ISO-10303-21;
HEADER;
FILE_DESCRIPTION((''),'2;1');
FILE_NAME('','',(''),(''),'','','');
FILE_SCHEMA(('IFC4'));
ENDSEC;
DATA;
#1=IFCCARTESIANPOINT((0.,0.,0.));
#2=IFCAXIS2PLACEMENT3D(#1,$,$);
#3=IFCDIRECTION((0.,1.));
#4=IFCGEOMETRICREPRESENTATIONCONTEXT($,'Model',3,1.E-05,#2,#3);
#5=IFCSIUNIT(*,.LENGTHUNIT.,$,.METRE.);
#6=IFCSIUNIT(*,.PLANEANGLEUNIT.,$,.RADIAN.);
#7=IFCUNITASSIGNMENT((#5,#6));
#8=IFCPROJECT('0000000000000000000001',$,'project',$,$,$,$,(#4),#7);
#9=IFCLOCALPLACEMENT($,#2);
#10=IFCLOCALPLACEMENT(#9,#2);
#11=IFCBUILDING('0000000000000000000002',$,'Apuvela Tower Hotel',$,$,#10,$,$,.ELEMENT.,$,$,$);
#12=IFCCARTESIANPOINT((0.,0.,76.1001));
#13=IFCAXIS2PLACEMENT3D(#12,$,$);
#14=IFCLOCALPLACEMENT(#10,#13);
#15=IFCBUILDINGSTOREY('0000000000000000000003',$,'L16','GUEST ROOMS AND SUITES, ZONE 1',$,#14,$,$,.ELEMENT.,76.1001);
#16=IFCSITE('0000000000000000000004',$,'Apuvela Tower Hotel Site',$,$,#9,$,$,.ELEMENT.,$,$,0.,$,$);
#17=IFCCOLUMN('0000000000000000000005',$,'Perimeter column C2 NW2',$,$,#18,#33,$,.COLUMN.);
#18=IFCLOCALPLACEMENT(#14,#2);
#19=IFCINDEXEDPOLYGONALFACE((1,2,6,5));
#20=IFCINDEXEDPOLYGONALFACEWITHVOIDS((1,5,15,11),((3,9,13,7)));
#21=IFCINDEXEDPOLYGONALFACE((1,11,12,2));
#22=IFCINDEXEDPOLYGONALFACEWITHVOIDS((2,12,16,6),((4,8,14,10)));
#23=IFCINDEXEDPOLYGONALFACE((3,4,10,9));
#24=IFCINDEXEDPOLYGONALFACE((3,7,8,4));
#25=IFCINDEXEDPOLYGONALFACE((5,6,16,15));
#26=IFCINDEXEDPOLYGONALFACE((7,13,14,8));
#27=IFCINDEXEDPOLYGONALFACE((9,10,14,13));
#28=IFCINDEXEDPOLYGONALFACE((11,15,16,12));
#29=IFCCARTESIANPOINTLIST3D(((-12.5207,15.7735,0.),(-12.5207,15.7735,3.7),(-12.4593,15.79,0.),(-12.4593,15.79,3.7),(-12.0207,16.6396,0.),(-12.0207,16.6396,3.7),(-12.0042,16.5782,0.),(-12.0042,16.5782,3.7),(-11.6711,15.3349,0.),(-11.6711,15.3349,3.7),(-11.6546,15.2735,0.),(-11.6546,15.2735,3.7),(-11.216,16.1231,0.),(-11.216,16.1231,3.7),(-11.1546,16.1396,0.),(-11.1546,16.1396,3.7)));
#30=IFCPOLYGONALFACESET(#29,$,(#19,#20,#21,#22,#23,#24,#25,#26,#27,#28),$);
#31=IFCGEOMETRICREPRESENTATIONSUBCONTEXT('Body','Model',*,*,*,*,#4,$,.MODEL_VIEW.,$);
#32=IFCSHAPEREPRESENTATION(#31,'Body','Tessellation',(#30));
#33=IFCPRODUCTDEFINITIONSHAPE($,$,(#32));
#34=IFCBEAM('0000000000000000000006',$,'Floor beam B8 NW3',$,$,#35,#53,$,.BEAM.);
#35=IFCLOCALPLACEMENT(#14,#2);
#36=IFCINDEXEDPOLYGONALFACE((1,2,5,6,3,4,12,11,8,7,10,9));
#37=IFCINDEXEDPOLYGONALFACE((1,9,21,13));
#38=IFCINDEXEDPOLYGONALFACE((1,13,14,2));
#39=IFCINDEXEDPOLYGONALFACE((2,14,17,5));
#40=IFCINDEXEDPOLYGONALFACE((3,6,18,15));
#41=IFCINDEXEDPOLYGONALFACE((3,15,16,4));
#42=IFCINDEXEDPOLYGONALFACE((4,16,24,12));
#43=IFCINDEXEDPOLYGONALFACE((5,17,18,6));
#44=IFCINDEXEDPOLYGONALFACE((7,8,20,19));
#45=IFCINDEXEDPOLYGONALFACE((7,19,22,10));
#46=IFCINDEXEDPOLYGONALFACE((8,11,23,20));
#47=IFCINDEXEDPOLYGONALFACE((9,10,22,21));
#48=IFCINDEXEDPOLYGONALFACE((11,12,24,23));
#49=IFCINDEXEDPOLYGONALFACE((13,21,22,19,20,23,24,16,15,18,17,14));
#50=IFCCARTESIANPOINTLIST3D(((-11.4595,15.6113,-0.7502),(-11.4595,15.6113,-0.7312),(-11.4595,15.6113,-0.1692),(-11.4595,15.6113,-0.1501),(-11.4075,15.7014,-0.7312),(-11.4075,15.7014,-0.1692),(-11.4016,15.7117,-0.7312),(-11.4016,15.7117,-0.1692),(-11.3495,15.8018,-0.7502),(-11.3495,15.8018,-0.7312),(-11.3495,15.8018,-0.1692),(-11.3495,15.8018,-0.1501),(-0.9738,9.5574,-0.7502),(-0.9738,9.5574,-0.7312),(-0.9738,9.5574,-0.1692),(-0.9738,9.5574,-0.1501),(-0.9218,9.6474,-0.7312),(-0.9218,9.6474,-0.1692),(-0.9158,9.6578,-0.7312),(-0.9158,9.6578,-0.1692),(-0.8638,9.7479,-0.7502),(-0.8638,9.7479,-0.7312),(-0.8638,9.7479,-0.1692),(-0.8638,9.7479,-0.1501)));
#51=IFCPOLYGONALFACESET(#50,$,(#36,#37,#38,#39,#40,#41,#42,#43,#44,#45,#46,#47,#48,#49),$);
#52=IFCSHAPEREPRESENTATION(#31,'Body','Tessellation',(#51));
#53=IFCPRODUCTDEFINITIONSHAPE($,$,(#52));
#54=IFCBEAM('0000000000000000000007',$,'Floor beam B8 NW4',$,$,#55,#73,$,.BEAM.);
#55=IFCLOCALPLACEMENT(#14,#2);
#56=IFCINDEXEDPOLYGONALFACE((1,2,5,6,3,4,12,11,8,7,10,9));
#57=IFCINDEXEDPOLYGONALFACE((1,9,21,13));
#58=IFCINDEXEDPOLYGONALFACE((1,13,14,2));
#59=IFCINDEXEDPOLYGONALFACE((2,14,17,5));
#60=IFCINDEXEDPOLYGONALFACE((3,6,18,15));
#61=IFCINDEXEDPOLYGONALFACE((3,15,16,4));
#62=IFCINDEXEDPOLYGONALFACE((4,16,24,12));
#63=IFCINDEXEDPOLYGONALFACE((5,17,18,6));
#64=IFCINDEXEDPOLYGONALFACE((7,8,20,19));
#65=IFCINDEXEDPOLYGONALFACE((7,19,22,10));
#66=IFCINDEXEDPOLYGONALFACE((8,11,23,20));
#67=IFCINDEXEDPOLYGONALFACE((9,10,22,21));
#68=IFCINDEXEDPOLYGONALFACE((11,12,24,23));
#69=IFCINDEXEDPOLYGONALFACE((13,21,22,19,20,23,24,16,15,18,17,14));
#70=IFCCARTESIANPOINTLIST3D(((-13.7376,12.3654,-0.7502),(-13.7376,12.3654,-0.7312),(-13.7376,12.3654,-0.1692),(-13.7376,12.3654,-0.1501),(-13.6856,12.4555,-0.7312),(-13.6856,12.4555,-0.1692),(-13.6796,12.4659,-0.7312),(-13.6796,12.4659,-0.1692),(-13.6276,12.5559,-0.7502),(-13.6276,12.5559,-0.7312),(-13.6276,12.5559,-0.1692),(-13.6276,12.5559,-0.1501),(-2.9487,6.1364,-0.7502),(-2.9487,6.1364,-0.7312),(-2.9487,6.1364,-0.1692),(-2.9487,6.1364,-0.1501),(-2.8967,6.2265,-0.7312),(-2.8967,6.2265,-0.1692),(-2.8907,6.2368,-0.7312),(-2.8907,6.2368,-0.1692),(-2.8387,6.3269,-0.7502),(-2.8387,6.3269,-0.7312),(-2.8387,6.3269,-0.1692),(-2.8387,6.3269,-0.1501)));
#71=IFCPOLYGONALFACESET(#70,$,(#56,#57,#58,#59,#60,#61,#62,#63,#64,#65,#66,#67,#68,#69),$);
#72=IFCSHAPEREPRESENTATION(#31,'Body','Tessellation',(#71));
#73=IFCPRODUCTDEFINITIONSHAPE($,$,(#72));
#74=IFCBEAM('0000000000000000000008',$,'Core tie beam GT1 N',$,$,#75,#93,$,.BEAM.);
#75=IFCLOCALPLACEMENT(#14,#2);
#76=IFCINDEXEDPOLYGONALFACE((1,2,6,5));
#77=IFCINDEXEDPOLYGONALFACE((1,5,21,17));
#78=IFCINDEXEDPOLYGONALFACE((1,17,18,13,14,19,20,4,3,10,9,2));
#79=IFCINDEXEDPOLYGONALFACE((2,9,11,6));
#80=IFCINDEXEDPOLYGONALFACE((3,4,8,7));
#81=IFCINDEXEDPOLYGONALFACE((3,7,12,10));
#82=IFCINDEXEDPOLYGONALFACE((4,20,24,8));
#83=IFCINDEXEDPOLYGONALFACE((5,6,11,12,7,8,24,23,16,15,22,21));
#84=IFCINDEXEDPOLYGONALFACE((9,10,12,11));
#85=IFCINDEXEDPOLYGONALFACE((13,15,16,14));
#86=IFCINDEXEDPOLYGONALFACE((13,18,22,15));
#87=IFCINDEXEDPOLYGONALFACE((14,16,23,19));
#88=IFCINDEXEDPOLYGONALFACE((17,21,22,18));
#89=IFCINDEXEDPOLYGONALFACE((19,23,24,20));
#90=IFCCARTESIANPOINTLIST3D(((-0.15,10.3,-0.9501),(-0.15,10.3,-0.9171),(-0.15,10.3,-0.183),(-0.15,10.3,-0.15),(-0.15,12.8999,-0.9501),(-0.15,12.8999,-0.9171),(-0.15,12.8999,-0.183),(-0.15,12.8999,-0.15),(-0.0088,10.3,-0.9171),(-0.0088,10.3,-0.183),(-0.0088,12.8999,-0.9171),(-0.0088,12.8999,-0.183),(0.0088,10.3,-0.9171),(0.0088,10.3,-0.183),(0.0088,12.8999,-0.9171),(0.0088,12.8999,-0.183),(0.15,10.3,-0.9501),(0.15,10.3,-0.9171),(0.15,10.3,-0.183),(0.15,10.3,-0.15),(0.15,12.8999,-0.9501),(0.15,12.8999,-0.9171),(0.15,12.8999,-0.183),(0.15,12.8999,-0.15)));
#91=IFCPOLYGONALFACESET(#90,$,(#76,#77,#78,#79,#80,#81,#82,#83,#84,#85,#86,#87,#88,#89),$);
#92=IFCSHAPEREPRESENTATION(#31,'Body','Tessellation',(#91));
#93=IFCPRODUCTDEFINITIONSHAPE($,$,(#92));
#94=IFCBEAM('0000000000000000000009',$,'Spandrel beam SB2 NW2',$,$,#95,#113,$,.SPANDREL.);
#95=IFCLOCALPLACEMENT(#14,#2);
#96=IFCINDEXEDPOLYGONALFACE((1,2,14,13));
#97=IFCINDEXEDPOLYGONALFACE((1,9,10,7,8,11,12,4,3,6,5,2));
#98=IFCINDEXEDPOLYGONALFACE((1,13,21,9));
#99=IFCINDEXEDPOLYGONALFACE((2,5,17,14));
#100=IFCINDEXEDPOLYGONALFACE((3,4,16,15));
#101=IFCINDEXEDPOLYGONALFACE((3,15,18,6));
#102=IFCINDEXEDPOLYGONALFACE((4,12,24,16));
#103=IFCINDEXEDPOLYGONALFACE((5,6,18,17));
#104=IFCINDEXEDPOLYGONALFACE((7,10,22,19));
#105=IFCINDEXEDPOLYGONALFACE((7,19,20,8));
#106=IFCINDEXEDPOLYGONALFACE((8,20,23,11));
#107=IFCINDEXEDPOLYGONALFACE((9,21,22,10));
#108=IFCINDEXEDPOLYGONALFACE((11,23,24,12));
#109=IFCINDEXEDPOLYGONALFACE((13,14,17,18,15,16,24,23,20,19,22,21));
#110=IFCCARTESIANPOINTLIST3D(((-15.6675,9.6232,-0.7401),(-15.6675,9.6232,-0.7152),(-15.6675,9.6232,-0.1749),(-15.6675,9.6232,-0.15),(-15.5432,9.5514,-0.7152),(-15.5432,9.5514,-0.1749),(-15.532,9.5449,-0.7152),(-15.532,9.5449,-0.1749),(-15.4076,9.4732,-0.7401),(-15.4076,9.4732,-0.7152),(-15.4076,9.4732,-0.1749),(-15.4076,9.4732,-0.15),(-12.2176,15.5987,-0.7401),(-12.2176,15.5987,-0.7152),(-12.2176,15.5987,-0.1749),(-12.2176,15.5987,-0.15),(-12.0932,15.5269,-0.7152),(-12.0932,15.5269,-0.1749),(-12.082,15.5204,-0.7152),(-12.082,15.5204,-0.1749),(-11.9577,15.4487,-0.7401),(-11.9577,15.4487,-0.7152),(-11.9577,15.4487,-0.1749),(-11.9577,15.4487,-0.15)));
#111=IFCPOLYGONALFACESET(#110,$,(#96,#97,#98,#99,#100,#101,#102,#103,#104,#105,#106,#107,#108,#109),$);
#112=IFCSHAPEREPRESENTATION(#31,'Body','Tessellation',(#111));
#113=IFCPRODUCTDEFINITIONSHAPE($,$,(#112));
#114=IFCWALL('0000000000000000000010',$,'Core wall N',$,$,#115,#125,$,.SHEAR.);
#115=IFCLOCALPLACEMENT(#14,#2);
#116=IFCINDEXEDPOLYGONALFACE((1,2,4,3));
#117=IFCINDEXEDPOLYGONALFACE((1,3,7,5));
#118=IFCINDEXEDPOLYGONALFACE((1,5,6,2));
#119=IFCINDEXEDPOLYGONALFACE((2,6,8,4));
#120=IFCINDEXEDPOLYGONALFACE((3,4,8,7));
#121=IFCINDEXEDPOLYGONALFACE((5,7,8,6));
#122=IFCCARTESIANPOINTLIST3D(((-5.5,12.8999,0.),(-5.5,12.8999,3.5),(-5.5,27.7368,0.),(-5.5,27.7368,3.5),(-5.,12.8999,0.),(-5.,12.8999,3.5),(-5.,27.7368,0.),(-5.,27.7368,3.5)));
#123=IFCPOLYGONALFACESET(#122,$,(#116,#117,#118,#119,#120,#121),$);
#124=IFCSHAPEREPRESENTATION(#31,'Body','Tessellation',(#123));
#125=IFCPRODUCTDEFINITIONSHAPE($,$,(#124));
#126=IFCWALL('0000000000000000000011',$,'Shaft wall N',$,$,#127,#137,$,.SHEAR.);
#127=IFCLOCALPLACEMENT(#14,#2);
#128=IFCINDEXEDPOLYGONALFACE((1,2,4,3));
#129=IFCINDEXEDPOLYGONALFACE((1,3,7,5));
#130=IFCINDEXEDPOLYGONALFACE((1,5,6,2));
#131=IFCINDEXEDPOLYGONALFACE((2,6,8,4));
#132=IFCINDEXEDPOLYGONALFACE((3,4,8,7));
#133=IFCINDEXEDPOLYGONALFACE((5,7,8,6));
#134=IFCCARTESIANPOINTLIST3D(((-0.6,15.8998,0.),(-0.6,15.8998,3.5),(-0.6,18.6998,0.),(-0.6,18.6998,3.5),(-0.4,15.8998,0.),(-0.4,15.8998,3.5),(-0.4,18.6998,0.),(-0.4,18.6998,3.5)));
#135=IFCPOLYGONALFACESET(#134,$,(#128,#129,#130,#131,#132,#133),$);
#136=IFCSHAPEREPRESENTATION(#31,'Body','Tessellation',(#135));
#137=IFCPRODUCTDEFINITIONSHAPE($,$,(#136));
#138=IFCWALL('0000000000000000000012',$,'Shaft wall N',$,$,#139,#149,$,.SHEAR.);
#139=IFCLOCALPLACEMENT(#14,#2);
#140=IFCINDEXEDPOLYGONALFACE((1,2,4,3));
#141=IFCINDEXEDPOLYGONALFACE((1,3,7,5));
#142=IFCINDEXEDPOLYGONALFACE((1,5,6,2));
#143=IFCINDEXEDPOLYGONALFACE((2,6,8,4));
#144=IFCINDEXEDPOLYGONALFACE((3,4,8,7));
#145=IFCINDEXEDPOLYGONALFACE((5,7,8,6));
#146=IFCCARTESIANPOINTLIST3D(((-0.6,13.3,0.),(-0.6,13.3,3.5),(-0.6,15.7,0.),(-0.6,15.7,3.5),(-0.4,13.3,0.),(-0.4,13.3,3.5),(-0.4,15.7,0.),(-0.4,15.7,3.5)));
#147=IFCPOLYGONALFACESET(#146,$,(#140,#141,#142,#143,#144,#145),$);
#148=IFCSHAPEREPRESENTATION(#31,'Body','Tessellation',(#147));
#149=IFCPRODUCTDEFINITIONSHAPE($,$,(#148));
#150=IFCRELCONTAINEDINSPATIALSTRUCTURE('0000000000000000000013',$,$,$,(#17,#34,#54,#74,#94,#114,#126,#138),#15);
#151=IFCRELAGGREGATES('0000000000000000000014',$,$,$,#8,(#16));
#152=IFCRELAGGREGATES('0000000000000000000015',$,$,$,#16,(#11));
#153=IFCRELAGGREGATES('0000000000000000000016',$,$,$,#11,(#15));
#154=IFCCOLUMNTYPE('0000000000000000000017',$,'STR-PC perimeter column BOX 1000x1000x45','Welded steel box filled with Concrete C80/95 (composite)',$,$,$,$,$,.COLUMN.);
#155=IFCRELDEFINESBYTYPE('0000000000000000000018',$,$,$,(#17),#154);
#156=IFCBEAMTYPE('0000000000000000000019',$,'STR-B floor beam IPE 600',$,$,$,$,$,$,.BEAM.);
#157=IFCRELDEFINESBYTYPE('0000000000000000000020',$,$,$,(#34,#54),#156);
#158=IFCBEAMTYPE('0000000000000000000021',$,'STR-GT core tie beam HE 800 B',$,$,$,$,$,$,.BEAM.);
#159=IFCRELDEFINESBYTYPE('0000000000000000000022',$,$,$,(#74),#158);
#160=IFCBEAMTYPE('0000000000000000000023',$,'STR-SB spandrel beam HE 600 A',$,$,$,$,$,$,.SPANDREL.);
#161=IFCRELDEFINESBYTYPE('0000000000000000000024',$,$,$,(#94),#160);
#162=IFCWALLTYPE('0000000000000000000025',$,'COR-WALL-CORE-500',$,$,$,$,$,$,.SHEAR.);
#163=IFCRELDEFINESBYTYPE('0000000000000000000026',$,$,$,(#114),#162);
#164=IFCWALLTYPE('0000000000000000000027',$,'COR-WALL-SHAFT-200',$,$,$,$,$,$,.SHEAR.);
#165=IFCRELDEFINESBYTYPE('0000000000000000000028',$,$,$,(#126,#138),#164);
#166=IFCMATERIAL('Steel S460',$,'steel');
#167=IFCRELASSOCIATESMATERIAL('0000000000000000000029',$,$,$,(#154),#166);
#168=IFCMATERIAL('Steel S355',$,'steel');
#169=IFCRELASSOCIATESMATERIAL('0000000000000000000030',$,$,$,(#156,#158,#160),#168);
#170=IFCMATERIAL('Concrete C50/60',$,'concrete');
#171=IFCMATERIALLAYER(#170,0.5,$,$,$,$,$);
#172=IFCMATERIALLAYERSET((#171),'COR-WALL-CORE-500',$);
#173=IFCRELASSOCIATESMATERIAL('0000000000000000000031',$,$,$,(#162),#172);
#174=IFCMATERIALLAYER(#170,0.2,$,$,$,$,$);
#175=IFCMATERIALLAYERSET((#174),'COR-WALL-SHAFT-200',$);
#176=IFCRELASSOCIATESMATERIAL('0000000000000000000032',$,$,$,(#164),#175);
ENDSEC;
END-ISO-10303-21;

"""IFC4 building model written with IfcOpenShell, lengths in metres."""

from ifc_helpers import new_model, si_unit, direction, frame, frame_2d, origin, origin_2d, place, context, subcontext, project, spatial, rectangle, hollow_rectangle, i_section, extrude, material, layer, layer_set, material_profile, profile_set, type_object, element, save


model = new_model("IFC4")

# Units and contexts
model_context = context("Model", 3, precision=1e-05, world=origin(), true_north=direction((0.0, 1.0)))
body_context = subcontext(model_context, "Body", "Model", "MODEL_VIEW")
ifc_project = project(units=[si_unit("LENGTHUNIT", "METRE"), si_unit("PLANEANGLEUNIT", "RADIAN")], contexts=[model_context])

# Site, building, storey
site_placement = place(None, origin())
site = spatial("IfcSite", under=ifc_project, at=site_placement, Name="Apuvela Tower Hotel Site", CompositionType="ELEMENT", RefElevation=0.0)
building_placement = place(site_placement, origin())
building = spatial("IfcBuilding", under=site, at=building_placement, Name="Apuvela Tower Hotel", CompositionType="ELEMENT")
storey_placement = place(building_placement, frame((0.0, 0.0, 76.1001)))
storey = spatial("IfcBuildingStorey", under=building, at=storey_placement, Name="L16", Description="GUEST ROOMS AND SUITES, ZONE 1", CompositionType="ELEMENT", Elevation=76.1001)

# Column
ifc_material_1 = material(Name="Steel S460", Category="steel")
ifc_material_profile_1 = material_profile(ifc_material_1, hollow_rectangle(XDim=1.0, YDim=1.0, WallThickness=0.0449, at=origin_2d()), Name="BOX 1000x1000x45")
ifc_material_2 = material(Name="Concrete C80/95", Category="concrete")
ifc_material_profile_2 = material_profile(ifc_material_2, rectangle(XDim=0.9099, YDim=0.9099, at=origin_2d()), Name="Concrete C80/95 infill")
ifc_profile_set_1 = profile_set([ifc_material_profile_1, ifc_material_profile_2], Name="Steel S460")
column_type = type_object("IfcColumnType", Name="STR-PC perimeter column BOX 1000x1000x45", Description="Welded steel box filled with Concrete C80/95 (composite)", PredefinedType="COLUMN", material=ifc_profile_set_1)
column_placement = place(storey_placement, frame((-11.8376, 15.9565, 0.0), z_axis=(0.0, 0.0, 1.0), x_axis=(0.5, 0.866025, 0.0)))
element("IfcColumn", 1, at=column_placement, inside=storey, type_object=column_type, Name="Perimeter column C2 NW2", PredefinedType="COLUMN", context=body_context, shape_type="SweptSolid", body=[
    extrude(hollow_rectangle(XDim=1.0, YDim=1.0, WallThickness=0.0449, at=origin_2d()), origin(), (0.0, 0.0, 1.0), 3.7),
])

# Beams
ifc_material_3 = material(Name="Steel S355", Category="steel")
ifc_material_profile_3 = material_profile(ifc_material_3, i_section(OverallWidth=0.22, OverallDepth=0.6001, WebThickness=0.012, FlangeThickness=0.019, at=origin_2d()), Name="IPE 600")
ifc_profile_set_2 = profile_set([ifc_material_profile_3], Name="Steel S355")
beam_type_1 = type_object("IfcBeamType", Name="STR-B floor beam IPE 600", PredefinedType="BEAM", material=ifc_profile_set_2)
beam_1_placement = place(storey_placement, frame((-11.4045, 15.7065, -0.4502), z_axis=(0.866027, -0.499997, 0.0), x_axis=(0.499997, 0.866027, 0.0)))
element("IfcBeam", 2, at=beam_1_placement, inside=storey, type_object=beam_type_1, Name="Floor beam B8 NW3", PredefinedType="BEAM", context=body_context, shape_type="SweptSolid", body=[
    extrude(i_section(OverallWidth=0.22, OverallDepth=0.6001, WebThickness=0.012, FlangeThickness=0.019, at=origin_2d()), origin(), (0.0, 0.0, 1.0), 12.1079),
])
beam_2_placement = place(storey_placement, frame((-13.6826, 12.4607, -0.4502), z_axis=(0.866023, -0.500005, 0.0), x_axis=(0.500005, 0.866023, 0.0)))
element("IfcBeam", 3, at=beam_2_placement, inside=storey, type_object=beam_type_1, Name="Floor beam B8 NW4", PredefinedType="BEAM", context=body_context, shape_type="SweptSolid", body=[
    extrude(i_section(OverallWidth=0.22, OverallDepth=0.6001, WebThickness=0.012, FlangeThickness=0.019, at=origin_2d()), origin(), (0.0, 0.0, 1.0), 12.458),
])
ifc_material_profile_4 = material_profile(ifc_material_3, i_section(OverallWidth=0.3, OverallDepth=0.8, WebThickness=0.0176, FlangeThickness=0.033, at=origin_2d()), Name="HE 800 B")
ifc_profile_set_3 = profile_set([ifc_material_profile_4], Name="Steel S355")
beam_type_2 = type_object("IfcBeamType", Name="STR-GT core tie beam HE 800 B", PredefinedType="BEAM", material=ifc_profile_set_3)
beam_3_placement = place(storey_placement, frame((0.0, 12.8999, -0.55), z_axis=(0.0, -1.0, 0.0), x_axis=(1.0, 0.0, 0.0)))
element("IfcBeam", 4, at=beam_3_placement, inside=storey, type_object=beam_type_2, Name="Core tie beam GT1 N", PredefinedType="BEAM", context=body_context, shape_type="SweptSolid", body=[
    extrude(i_section(OverallWidth=0.3, OverallDepth=0.8, WebThickness=0.0176, FlangeThickness=0.033, at=origin_2d()), origin(), (0.0, 0.0, 1.0), 2.5999),
])
ifc_material_profile_5 = material_profile(ifc_material_3, i_section(OverallWidth=0.3, OverallDepth=0.5901, WebThickness=0.0129, FlangeThickness=0.0249, at=origin_2d()), Name="HE 600 A")
ifc_profile_set_4 = profile_set([ifc_material_profile_5], Name="Steel S355")
beam_type_3 = type_object("IfcBeamType", Name="STR-SB spandrel beam HE 600 A", PredefinedType="SPANDREL", material=ifc_profile_set_4)
beam_4_placement = place(storey_placement, frame((-12.0876, 15.5237, -0.4451), z_axis=(-0.499994, -0.866029, 0.0), x_axis=(0.866029, -0.499994, 0.0)))
element("IfcBeam", 5, at=beam_4_placement, inside=storey, type_object=beam_type_3, Name="Spandrel beam SB2 NW2", PredefinedType="SPANDREL", context=body_context, shape_type="SweptSolid", body=[
    extrude(i_section(OverallWidth=0.3, OverallDepth=0.5901, WebThickness=0.0129, FlangeThickness=0.0249, at=origin_2d()), origin(), (0.0, 0.0, 1.0), 6.8999),
])

# Walls
ifc_material_4 = material(Name="Concrete C50/60", Category="concrete")
ifc_layer_1 = layer(ifc_material_4, 0.5)
ifc_layer_set_1 = layer_set([ifc_layer_1], Name="COR-WALL-CORE-500")
wall_type_1 = type_object("IfcWallType", Name="COR-WALL-CORE-500", PredefinedType="SHEAR", material=ifc_layer_set_1)
wall_1_placement = place(storey_placement, frame((-5.25, 12.8999, 0.0), z_axis=(0.0, 0.0, 1.0), x_axis=(0.0, 1.0, 0.0)))
element("IfcWall", 6, at=wall_1_placement, inside=storey, type_object=wall_type_1, Name="Core wall N", PredefinedType="SHEAR", context=body_context, shape_type="SweptSolid", body=[
    extrude(rectangle(XDim=14.8369, YDim=0.5, at=frame_2d((7.4185, 0.0))), origin(), (0.0, 0.0, 1.0), 3.5),
])
ifc_layer_2 = layer(ifc_material_4, 0.2)
ifc_layer_set_2 = layer_set([ifc_layer_2], Name="COR-WALL-SHAFT-200")
wall_type_2 = type_object("IfcWallType", Name="COR-WALL-SHAFT-200", PredefinedType="SHEAR", material=ifc_layer_set_2)
wall_2_placement = place(storey_placement, frame((-0.5, 15.8999, 0.0), z_axis=(0.0, 0.0, 1.0), x_axis=(0.0, 1.0, 0.0)))
element("IfcWall", 7, at=wall_2_placement, inside=storey, type_object=wall_type_2, Name="Shaft wall N", PredefinedType="SHEAR", context=body_context, shape_type="SweptSolid", body=[
    extrude(rectangle(XDim=2.8, YDim=0.2, at=frame_2d((1.3999, 0.0))), origin(), (0.0, 0.0, 1.0), 3.5),
])
wall_3_placement = place(storey_placement, frame((-0.5, 13.3, 0.0), z_axis=(0.0, 0.0, 1.0), x_axis=(0.0, 1.0, 0.0)))
element("IfcWall", 8, at=wall_3_placement, inside=storey, type_object=wall_type_2, Name="Shaft wall N", PredefinedType="SHEAR", context=body_context, shape_type="SweptSolid", body=[
    extrude(rectangle(XDim=2.3999, YDim=0.2, at=frame_2d((1.2, 0.0))), origin(), (0.0, 0.0, 1.0), 3.5),
])

save(model, "model.ifc")
